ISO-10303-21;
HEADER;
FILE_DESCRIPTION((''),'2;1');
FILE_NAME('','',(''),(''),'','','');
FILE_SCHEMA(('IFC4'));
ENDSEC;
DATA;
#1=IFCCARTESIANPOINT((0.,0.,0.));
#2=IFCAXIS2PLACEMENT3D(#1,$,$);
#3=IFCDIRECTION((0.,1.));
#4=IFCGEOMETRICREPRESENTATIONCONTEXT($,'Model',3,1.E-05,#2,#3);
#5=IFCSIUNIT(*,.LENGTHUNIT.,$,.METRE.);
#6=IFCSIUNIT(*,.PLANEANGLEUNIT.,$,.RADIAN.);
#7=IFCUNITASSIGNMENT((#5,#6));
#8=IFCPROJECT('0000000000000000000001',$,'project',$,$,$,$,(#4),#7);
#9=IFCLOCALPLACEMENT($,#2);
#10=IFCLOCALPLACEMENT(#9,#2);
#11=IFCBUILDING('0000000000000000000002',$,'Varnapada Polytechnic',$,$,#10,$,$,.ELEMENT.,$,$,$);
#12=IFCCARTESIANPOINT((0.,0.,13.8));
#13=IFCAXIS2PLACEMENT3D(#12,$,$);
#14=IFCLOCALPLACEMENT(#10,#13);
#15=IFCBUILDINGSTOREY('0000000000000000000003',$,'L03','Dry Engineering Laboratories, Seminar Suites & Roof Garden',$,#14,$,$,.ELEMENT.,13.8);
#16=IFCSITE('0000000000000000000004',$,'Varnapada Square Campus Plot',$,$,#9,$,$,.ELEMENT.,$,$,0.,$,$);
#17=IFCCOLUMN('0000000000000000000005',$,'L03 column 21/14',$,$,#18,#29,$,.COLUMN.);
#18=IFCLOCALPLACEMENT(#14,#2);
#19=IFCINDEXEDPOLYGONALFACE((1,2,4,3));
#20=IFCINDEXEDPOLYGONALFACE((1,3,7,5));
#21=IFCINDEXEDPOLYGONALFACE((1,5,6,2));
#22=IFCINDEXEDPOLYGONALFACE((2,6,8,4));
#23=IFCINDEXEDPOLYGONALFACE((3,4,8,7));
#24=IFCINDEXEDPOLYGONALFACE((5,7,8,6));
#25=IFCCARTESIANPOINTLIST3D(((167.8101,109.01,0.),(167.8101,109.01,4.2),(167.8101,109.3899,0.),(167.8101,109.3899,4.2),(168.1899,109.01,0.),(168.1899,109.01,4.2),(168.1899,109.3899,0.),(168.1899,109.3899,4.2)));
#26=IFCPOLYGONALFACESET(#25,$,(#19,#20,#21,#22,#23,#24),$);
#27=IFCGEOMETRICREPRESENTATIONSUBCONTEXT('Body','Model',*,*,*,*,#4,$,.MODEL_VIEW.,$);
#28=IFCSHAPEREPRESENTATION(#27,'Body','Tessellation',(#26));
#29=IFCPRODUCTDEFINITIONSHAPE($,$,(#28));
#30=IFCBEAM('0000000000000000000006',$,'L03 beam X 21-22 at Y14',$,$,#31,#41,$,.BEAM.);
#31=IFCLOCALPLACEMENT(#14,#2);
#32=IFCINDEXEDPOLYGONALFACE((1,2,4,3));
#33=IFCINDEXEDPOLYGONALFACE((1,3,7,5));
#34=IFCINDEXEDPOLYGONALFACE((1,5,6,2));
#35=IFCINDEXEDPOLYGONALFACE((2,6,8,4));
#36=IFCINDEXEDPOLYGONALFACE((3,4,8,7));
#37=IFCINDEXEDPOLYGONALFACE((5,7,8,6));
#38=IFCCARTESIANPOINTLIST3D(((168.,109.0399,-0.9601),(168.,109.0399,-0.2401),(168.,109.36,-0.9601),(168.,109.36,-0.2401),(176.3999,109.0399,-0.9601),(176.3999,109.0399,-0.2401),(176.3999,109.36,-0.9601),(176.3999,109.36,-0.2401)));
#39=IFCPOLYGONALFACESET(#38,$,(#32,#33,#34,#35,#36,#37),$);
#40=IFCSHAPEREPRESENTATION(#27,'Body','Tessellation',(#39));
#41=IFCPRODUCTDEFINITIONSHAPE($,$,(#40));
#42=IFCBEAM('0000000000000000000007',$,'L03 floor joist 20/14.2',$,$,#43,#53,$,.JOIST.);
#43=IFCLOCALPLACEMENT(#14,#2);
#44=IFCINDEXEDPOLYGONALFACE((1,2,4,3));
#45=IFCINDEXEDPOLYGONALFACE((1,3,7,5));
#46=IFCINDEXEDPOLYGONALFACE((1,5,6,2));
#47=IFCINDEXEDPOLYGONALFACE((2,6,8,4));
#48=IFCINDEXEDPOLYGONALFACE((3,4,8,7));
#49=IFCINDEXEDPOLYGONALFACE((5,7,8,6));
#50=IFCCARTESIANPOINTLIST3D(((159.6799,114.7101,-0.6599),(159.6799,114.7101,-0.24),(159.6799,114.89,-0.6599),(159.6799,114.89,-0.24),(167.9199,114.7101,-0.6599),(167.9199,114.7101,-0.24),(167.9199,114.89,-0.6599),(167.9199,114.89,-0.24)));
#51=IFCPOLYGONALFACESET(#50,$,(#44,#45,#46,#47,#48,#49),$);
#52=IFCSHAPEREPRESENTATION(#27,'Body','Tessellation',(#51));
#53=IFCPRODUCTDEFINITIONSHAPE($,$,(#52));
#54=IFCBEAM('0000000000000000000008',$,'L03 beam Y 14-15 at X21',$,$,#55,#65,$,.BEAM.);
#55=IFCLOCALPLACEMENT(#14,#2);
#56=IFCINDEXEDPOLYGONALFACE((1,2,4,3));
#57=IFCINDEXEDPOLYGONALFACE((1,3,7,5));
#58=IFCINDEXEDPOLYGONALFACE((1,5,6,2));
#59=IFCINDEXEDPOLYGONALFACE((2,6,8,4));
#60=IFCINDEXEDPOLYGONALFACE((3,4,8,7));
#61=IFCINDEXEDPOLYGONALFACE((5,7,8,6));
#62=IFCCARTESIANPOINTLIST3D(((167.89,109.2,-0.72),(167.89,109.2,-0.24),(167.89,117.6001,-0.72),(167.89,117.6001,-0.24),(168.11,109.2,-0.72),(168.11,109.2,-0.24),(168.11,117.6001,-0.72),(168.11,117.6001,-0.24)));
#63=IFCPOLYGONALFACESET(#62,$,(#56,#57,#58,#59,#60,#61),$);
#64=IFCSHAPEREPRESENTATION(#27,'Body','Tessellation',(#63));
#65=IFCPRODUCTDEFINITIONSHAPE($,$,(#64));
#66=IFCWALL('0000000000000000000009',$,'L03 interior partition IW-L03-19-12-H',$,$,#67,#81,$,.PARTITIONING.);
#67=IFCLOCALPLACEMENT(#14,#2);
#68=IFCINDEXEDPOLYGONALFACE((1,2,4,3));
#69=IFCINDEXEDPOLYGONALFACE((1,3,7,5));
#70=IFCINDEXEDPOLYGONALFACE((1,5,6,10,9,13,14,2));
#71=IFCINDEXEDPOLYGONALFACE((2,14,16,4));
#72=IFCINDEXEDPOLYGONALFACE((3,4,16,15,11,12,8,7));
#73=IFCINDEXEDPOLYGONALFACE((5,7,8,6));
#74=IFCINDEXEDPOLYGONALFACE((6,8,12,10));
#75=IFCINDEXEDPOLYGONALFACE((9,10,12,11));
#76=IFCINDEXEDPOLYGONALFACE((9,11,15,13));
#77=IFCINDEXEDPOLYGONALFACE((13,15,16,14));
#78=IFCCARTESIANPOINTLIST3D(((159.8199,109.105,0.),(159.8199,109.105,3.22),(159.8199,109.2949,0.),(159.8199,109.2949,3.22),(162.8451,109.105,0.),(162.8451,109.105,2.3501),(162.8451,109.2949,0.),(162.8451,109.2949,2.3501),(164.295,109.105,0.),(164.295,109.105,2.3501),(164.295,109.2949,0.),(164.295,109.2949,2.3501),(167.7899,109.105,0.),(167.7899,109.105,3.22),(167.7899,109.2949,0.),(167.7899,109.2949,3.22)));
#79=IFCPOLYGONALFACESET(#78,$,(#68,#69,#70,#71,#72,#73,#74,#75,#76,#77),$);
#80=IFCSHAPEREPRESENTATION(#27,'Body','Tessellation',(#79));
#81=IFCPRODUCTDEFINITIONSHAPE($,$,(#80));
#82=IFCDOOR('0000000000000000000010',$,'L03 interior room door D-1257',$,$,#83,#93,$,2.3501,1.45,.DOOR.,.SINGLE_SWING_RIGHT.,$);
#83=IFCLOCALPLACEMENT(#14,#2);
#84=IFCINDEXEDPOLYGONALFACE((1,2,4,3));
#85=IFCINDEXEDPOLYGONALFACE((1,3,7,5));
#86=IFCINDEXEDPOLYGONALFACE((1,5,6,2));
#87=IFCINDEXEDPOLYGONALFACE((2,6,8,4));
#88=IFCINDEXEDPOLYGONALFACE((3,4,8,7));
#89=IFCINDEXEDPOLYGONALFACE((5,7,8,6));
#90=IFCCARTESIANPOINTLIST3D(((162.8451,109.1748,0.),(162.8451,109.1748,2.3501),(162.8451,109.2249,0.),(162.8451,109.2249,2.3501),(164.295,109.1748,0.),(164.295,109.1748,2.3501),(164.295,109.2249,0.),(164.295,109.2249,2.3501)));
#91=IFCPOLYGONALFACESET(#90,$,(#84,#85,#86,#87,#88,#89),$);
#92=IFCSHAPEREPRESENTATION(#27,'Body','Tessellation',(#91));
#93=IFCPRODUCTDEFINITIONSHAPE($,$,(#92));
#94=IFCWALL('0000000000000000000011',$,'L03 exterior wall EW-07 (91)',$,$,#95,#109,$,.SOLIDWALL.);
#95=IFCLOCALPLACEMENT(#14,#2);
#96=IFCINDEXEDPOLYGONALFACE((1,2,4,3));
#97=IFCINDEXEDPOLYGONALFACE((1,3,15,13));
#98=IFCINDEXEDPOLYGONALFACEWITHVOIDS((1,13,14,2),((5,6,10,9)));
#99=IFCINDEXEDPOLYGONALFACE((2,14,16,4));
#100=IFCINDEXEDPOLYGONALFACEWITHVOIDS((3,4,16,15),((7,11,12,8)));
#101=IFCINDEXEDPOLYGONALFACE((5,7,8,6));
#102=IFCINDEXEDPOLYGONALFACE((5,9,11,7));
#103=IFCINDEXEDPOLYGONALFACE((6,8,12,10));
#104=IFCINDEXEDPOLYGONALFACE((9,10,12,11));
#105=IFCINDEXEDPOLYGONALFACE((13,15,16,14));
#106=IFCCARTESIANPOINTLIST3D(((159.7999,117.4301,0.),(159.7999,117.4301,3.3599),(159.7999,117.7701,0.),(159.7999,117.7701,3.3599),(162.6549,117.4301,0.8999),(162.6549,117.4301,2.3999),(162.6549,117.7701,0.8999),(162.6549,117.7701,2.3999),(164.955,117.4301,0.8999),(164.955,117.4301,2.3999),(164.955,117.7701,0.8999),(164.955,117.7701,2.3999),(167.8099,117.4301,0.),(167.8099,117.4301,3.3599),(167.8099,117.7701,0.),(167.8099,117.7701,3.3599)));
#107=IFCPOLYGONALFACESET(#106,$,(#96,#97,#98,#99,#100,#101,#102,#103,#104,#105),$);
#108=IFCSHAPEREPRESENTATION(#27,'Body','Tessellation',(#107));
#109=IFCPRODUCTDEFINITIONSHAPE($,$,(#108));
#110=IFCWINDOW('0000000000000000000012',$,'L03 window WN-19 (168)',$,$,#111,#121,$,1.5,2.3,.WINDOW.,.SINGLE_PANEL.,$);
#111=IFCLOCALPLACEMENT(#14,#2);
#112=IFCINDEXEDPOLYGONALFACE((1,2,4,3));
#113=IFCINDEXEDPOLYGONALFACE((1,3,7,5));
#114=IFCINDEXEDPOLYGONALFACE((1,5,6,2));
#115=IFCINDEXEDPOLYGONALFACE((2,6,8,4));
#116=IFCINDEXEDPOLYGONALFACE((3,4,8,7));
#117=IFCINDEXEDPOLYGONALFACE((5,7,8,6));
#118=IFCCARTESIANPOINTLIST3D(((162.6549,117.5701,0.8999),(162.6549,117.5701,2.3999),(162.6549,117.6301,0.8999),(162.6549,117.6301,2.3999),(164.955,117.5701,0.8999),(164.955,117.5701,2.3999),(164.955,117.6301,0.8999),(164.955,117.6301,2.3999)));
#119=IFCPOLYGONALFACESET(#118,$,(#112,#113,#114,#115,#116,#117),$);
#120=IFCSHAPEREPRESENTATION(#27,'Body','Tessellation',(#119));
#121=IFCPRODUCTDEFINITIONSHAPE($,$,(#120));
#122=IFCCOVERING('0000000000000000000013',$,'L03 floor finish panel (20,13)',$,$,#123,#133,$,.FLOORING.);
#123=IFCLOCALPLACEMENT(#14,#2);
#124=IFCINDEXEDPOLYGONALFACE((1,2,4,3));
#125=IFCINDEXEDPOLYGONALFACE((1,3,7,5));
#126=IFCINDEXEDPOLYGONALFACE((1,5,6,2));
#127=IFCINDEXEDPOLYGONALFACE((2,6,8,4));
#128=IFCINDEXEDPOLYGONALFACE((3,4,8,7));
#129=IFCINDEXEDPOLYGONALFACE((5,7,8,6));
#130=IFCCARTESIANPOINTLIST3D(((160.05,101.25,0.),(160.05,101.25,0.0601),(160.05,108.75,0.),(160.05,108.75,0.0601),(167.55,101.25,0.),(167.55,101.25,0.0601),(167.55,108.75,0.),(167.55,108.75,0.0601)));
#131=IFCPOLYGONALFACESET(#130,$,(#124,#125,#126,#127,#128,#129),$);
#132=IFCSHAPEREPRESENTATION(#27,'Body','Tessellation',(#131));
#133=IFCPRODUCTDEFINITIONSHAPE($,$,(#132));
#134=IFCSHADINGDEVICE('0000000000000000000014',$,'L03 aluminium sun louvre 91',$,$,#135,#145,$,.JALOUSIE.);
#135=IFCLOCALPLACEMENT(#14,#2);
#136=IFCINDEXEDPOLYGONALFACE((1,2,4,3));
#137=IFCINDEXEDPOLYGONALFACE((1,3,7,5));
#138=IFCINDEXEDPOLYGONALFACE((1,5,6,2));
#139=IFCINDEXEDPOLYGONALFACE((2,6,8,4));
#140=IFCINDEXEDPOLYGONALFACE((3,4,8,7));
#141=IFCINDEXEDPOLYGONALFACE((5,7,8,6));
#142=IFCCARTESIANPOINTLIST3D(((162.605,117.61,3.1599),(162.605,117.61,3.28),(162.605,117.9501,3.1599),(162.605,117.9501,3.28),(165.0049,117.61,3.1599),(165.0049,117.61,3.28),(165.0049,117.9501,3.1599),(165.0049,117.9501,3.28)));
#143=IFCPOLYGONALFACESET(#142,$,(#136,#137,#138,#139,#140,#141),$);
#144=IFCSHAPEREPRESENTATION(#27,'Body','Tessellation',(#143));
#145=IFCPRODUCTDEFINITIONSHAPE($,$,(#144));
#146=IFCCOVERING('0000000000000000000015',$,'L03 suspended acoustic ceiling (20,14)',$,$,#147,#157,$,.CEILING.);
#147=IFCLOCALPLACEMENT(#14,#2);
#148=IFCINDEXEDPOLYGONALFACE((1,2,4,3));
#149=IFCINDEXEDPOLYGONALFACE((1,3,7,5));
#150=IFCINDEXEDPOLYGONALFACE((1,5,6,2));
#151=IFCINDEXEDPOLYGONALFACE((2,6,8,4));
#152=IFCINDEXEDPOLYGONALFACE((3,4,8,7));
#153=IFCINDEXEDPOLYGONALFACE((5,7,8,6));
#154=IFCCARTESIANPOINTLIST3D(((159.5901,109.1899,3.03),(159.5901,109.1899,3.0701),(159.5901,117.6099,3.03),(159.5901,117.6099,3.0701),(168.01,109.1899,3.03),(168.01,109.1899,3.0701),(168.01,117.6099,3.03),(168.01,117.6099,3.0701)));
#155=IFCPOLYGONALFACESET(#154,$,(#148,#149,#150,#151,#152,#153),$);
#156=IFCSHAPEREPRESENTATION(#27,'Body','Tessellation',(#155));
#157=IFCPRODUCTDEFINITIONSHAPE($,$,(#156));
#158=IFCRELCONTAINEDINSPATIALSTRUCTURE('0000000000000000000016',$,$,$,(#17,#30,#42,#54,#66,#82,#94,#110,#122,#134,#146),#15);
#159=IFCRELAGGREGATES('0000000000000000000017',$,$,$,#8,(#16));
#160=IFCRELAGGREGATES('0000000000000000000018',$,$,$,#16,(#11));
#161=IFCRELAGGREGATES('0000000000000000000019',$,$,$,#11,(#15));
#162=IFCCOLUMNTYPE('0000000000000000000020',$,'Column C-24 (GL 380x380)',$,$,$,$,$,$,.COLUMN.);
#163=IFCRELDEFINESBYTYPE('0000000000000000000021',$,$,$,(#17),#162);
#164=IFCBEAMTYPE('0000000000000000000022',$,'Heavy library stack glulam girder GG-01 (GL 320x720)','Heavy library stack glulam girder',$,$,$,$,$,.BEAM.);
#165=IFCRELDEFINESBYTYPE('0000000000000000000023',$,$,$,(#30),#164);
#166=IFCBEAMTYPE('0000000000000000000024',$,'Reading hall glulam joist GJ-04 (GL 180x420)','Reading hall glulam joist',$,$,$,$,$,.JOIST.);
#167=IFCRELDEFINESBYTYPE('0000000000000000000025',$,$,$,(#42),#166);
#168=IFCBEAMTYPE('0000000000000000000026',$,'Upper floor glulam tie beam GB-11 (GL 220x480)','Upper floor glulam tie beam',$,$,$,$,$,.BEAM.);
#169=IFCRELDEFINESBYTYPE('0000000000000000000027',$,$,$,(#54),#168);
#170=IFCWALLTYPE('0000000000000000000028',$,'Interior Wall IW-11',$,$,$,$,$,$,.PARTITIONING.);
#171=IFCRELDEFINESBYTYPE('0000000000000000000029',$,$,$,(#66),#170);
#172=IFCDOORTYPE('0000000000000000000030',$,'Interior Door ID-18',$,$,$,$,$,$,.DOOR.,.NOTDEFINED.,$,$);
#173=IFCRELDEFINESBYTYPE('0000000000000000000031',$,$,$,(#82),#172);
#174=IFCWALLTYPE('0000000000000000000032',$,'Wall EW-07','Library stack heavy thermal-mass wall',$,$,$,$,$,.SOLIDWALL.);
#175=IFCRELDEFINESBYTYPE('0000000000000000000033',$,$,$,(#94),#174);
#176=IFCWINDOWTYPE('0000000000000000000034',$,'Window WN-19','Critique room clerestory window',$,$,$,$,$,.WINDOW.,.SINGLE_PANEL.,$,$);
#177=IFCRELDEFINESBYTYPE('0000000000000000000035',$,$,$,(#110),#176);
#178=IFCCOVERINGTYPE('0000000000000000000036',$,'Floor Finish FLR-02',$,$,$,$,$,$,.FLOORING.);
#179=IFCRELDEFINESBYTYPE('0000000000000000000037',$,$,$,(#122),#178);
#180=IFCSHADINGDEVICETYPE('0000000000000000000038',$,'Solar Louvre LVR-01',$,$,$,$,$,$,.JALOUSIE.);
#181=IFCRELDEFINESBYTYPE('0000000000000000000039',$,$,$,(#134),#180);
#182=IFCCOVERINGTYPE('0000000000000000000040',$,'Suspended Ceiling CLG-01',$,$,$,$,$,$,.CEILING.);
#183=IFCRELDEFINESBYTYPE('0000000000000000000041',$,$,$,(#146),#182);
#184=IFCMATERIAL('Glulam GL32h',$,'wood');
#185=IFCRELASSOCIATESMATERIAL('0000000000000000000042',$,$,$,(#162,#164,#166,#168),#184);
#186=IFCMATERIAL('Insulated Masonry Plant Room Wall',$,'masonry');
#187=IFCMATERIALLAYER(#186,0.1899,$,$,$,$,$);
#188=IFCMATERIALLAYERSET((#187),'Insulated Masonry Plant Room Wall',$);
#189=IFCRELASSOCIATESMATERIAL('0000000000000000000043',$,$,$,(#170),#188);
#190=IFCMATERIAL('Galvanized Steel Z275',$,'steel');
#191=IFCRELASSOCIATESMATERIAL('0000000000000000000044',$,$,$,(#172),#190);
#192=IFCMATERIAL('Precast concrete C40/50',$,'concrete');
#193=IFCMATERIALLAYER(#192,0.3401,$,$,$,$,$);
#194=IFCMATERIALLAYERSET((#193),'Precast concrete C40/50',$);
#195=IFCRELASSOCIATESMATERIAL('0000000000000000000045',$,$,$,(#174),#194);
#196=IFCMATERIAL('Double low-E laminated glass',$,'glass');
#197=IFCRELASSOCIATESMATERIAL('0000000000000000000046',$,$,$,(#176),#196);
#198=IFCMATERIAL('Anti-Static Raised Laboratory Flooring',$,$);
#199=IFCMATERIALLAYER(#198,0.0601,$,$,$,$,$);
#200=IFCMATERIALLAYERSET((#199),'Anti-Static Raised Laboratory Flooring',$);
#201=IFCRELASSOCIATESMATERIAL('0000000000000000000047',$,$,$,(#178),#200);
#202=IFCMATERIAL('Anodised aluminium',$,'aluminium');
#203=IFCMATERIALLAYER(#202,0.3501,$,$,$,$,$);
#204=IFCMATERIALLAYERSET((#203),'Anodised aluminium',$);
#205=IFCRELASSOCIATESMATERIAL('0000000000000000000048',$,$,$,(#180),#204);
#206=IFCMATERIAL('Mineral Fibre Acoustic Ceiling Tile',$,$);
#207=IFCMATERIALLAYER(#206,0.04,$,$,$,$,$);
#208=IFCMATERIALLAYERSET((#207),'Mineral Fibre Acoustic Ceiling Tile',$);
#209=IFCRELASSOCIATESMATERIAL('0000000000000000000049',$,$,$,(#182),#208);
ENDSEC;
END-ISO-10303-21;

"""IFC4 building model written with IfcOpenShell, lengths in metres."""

from ifc_helpers import new_model, si_unit, direction, frame, frame_2d, origin, origin_2d, place, context, subcontext, project, spatial, rectangle, extrude, material, layer, layer_set, material_profile, profile_set, type_object, element, fill, save


model = new_model("IFC4")

# Units and contexts
model_context = context("Model", 3, precision=1e-05, world=origin(), true_north=direction((0.0, 1.0)))
body_context = subcontext(model_context, "Body", "Model", "MODEL_VIEW")
ifc_project = project(units=[si_unit("LENGTHUNIT", "METRE"), si_unit("PLANEANGLEUNIT", "RADIAN")], contexts=[model_context])

# Site, building, storey
site_placement = place(None, origin())
site = spatial("IfcSite", under=ifc_project, at=site_placement, Name="Varnapada Square Campus Plot", CompositionType="ELEMENT", RefElevation=0.0)
building_placement = place(site_placement, origin())
building = spatial("IfcBuilding", under=site, at=building_placement, Name="Varnapada Polytechnic", CompositionType="ELEMENT")
storey_placement = place(building_placement, frame((0.0, 0.0, 13.8)))
storey = spatial("IfcBuildingStorey", under=building, at=storey_placement, Name="L03", Description="Dry Engineering Laboratories, Seminar Suites & Roof Garden", CompositionType="ELEMENT", Elevation=13.8)

# Column
ifc_material_1 = material(Name="Glulam GL32h", Category="wood")
ifc_material_profile_1 = material_profile(ifc_material_1, rectangle(XDim=0.3799, YDim=0.3799, at=origin_2d()), Name="GL 380x380")
ifc_profile_set_1 = profile_set([ifc_material_profile_1], Name="Glulam GL32h")
column_type = type_object("IfcColumnType", Name="Column C-24 (GL 380x380)", PredefinedType="COLUMN", material=ifc_profile_set_1)
column_placement = place(storey_placement, frame((168.0, 109.2, 0.0), z_axis=(0.0, 0.0, 1.0), x_axis=(1.0, 0.0, 0.0)))
element("IfcColumn", 1, at=column_placement, inside=storey, type_object=column_type, Name="L03 column 21/14", PredefinedType="COLUMN", context=body_context, shape_type="SweptSolid", body=[
    extrude(rectangle(XDim=0.3799, YDim=0.3799, at=origin_2d()), origin(), (0.0, 0.0, 1.0), 4.2),
])

# Beams
ifc_material_profile_2 = material_profile(ifc_material_1, rectangle(XDim=0.3201, YDim=0.72, at=origin_2d()), Name="GL 320x720")
ifc_profile_set_2 = profile_set([ifc_material_profile_2], Name="Glulam GL32h")
beam_type_1 = type_object("IfcBeamType", Name="Heavy library stack glulam girder GG-01 (GL 320x720)", Description="Heavy library stack glulam girder", PredefinedType="BEAM", material=ifc_profile_set_2)
beam_1_placement = place(storey_placement, frame((168.0, 109.2, -0.6001), z_axis=(1.0, 0.0, 0.0), x_axis=(0.0, 1.0, 0.0)))
element("IfcBeam", 2, at=beam_1_placement, inside=storey, type_object=beam_type_1, Name="L03 beam X 21-22 at Y14", PredefinedType="BEAM", context=body_context, shape_type="SweptSolid", body=[
    extrude(rectangle(XDim=0.3201, YDim=0.72, at=origin_2d()), origin(), (0.0, 0.0, 1.0), 8.3999),
])
ifc_material_profile_3 = material_profile(ifc_material_1, rectangle(XDim=0.1799, YDim=0.4199, at=origin_2d()), Name="GL 180x420")
ifc_profile_set_3 = profile_set([ifc_material_profile_3], Name="Glulam GL32h")
beam_type_2 = type_object("IfcBeamType", Name="Reading hall glulam joist GJ-04 (GL 180x420)", Description="Reading hall glulam joist", PredefinedType="JOIST", material=ifc_profile_set_3)
beam_2_placement = place(storey_placement, frame((159.6799, 114.8, -0.45), z_axis=(1.0, 0.0, 0.0), x_axis=(0.0, 1.0, 0.0)))
element("IfcBeam", 3, at=beam_2_placement, inside=storey, type_object=beam_type_2, Name="L03 floor joist 20/14.2", PredefinedType="JOIST", context=body_context, shape_type="SweptSolid", body=[
    extrude(rectangle(XDim=0.1799, YDim=0.4199, at=origin_2d()), origin(), (0.0, 0.0, 1.0), 8.24),
])
ifc_material_profile_4 = material_profile(ifc_material_1, rectangle(XDim=0.22, YDim=0.48, at=origin_2d()), Name="GL 220x480")
ifc_profile_set_4 = profile_set([ifc_material_profile_4], Name="Glulam GL32h")
beam_type_3 = type_object("IfcBeamType", Name="Upper floor glulam tie beam GB-11 (GL 220x480)", Description="Upper floor glulam tie beam", PredefinedType="BEAM", material=ifc_profile_set_4)
beam_3_placement = place(storey_placement, frame((168.0, 109.2, -0.48), z_axis=(0.0, 1.0, 0.0), x_axis=(-1.0, 0.0, 0.0)))
element("IfcBeam", 4, at=beam_3_placement, inside=storey, type_object=beam_type_3, Name="L03 beam Y 14-15 at X21", PredefinedType="BEAM", context=body_context, shape_type="SweptSolid", body=[
    extrude(rectangle(XDim=0.22, YDim=0.48, at=origin_2d()), origin(), (0.0, 0.0, 1.0), 8.4001),
])

# Wall, opening, door
ifc_material_2 = material(Name="Insulated Masonry Plant Room Wall", Category="masonry")
ifc_layer_1 = layer(ifc_material_2, 0.1899)
ifc_layer_set_1 = layer_set([ifc_layer_1], Name="Insulated Masonry Plant Room Wall")
wall_type_1 = type_object("IfcWallType", Name="Interior Wall IW-11", PredefinedType="PARTITIONING", material=ifc_layer_set_1)
wall_1_placement = place(storey_placement, frame((159.8201, 109.2, 0.0), z_axis=(0.0, 0.0, 1.0), x_axis=(1.0, 0.0, 0.0)))
wall_1 = element("IfcWall", 5, at=wall_1_placement, inside=storey, type_object=wall_type_1, Name="L03 interior partition IW-L03-19-12-H", PredefinedType="PARTITIONING", context=body_context, shape_type="SweptSolid", body=[
    extrude(rectangle(XDim=7.97, YDim=0.1899, at=frame_2d((3.9849, 0.0))), origin(), (0.0, 0.0, 1.0), 3.22),
])
opening_1_placement = place(wall_1_placement, frame((3.0249, 0.0, 0.0)))
opening_1 = element("IfcOpeningElement", 6, at=opening_1_placement, cuts=wall_1, PredefinedType="OPENING", context=body_context, shape_type="SweptSolid", body=[
    extrude(rectangle(XDim=1.45, YDim=2.3501, at=frame_2d((0.7251, 1.175))), frame((0.0, 0.105, 0.0), z_axis=(0.0, -1.0, 0.0), x_axis=(1.0, 0.0, 0.0)), (0.0, 0.0, 1.0), 0.21),
])
ifc_material_3 = material(Name="Galvanized Steel Z275", Category="steel")
door_type = type_object("IfcDoorType", Name="Interior Door ID-18", OperationType="NOTDEFINED", PredefinedType="DOOR", material=ifc_material_3)
door_placement = place(opening_1_placement, origin())
door = element("IfcDoor", 7, at=door_placement, inside=storey, type_object=door_type, Name="L03 interior room door D-1257", OperationType="SINGLE_SWING_RIGHT", OverallHeight=2.3501, OverallWidth=1.45, PredefinedType="DOOR", context=body_context, shape_type="SweptSolid", body=[
    extrude(rectangle(XDim=1.45, YDim=2.3501, at=frame_2d((0.7251, 1.175))), frame((0.0, 0.0249, 0.0), z_axis=(0.0, -1.0, 0.0), x_axis=(1.0, 0.0, 0.0)), (0.0, 0.0, 1.0), 0.05),
])
fill(opening_1, door)

# Wall, opening, window
ifc_material_4 = material(Name="Precast concrete C40/50", Category="concrete")
ifc_layer_2 = layer(ifc_material_4, 0.3401)
ifc_layer_set_2 = layer_set([ifc_layer_2], Name="Precast concrete C40/50")
wall_type_2 = type_object("IfcWallType", Name="Wall EW-07", Description="Library stack heavy thermal-mass wall", PredefinedType="SOLIDWALL", material=ifc_layer_set_2)
wall_2_placement = place(storey_placement, frame((159.8, 117.6001, 0.0), z_axis=(0.0, 0.0, 1.0), x_axis=(1.0, 0.0, 0.0)))
wall_2 = element("IfcWall", 8, at=wall_2_placement, inside=storey, type_object=wall_type_2, Name="L03 exterior wall EW-07 (91)", PredefinedType="SOLIDWALL", context=body_context, shape_type="SweptSolid", body=[
    extrude(rectangle(XDim=8.01, YDim=0.3401, at=frame_2d((4.0049, 0.0))), origin(), (0.0, 0.0, 1.0), 3.3599),
])
opening_2_placement = place(wall_2_placement, frame((2.855, 0.0, 0.8999)))
opening_2 = element("IfcOpeningElement", 9, at=opening_2_placement, cuts=wall_2, PredefinedType="OPENING", context=body_context, shape_type="SweptSolid", body=[
    extrude(rectangle(XDim=2.3, YDim=1.5, at=frame_2d((1.1499, 0.75))), frame((0.0, 0.1799, 0.0), z_axis=(0.0, -1.0, 0.0), x_axis=(1.0, 0.0, 0.0)), (0.0, 0.0, 1.0), 0.3601),
])
ifc_material_5 = material(Name="Double low-E laminated glass", Category="glass")
window_type = type_object("IfcWindowType", Name="Window WN-19", Description="Critique room clerestory window", PartitioningType="SINGLE_PANEL", PredefinedType="WINDOW", material=ifc_material_5)
window_placement = place(opening_2_placement, origin())
window = element("IfcWindow", 10, at=window_placement, inside=storey, type_object=window_type, Name="L03 window WN-19 (168)", OverallHeight=1.5, OverallWidth=2.3, PartitioningType="SINGLE_PANEL", PredefinedType="WINDOW", context=body_context, shape_type="SweptSolid", body=[
    extrude(rectangle(XDim=2.3, YDim=1.5, at=frame_2d((1.1499, 0.75))), frame((0.0, 0.03, 0.0), z_axis=(0.0, -1.0, 0.0), x_axis=(1.0, 0.0, 0.0)), (0.0, 0.0, 1.0), 0.0601),
])
fill(opening_2, window)

# Covering
ifc_material_6 = material(Name="Anti-Static Raised Laboratory Flooring")
ifc_layer_3 = layer(ifc_material_6, 0.0601)
ifc_layer_set_3 = layer_set([ifc_layer_3], Name="Anti-Static Raised Laboratory Flooring")
covering_type_1 = type_object("IfcCoveringType", Name="Floor Finish FLR-02", PredefinedType="FLOORING", material=ifc_layer_set_3)
covering_1_placement = place(storey_placement, frame((163.8, 105.0, 0.0), z_axis=(0.0, 0.0, 1.0), x_axis=(1.0, 0.0, 0.0)))
element("IfcCovering", 11, at=covering_1_placement, inside=storey, type_object=covering_type_1, Name="L03 floor finish panel (20,13)", PredefinedType="FLOORING", context=body_context, shape_type="SweptSolid", body=[
    extrude(rectangle(XDim=7.5, YDim=7.5, at=origin_2d()), origin(), (0.0, 0.0, 1.0), 0.0601),
])

# Shading device
ifc_material_7 = material(Name="Anodised aluminium", Category="aluminium")
ifc_layer_4 = layer(ifc_material_7, 0.3501)
ifc_layer_set_4 = layer_set([ifc_layer_4], Name="Anodised aluminium")
shading_device_type_1 = type_object("IfcShadingDeviceType", Name="Solar Louvre LVR-01", PredefinedType="JALOUSIE", material=ifc_layer_set_4)
shading_device_1_placement = place(storey_placement, frame((163.8049, 117.78, 3.1599), z_axis=(0.0, 0.0, 1.0), x_axis=(1.0, 0.0, 0.0)))
element("IfcShadingDevice", 12, at=shading_device_1_placement, inside=storey, type_object=shading_device_type_1, Name="L03 aluminium sun louvre 91", PredefinedType="JALOUSIE", context=body_context, shape_type="SweptSolid", body=[
    extrude(rectangle(XDim=2.3999, YDim=0.3401, at=origin_2d()), origin(), (0.0, 0.0, 1.0), 0.1201),
])

# Covering
ifc_material_8 = material(Name="Mineral Fibre Acoustic Ceiling Tile")
ifc_layer_5 = layer(ifc_material_8, 0.04)
ifc_layer_set_5 = layer_set([ifc_layer_5], Name="Mineral Fibre Acoustic Ceiling Tile")
covering_type_2 = type_object("IfcCoveringType", Name="Suspended Ceiling CLG-01", PredefinedType="CEILING", material=ifc_layer_set_5)
covering_2_placement = place(storey_placement, frame((163.8, 113.3999, 3.03), z_axis=(0.0, 0.0, 1.0), x_axis=(1.0, 0.0, 0.0)))
element("IfcCovering", 13, at=covering_2_placement, inside=storey, type_object=covering_type_2, Name="L03 suspended acoustic ceiling (20,14)", PredefinedType="CEILING", context=body_context, shape_type="SweptSolid", body=[
    extrude(rectangle(XDim=8.4199, YDim=8.4199, at=origin_2d()), origin(), (0.0, 0.0, 1.0), 0.04),
])

save(model, "model.ifc")
